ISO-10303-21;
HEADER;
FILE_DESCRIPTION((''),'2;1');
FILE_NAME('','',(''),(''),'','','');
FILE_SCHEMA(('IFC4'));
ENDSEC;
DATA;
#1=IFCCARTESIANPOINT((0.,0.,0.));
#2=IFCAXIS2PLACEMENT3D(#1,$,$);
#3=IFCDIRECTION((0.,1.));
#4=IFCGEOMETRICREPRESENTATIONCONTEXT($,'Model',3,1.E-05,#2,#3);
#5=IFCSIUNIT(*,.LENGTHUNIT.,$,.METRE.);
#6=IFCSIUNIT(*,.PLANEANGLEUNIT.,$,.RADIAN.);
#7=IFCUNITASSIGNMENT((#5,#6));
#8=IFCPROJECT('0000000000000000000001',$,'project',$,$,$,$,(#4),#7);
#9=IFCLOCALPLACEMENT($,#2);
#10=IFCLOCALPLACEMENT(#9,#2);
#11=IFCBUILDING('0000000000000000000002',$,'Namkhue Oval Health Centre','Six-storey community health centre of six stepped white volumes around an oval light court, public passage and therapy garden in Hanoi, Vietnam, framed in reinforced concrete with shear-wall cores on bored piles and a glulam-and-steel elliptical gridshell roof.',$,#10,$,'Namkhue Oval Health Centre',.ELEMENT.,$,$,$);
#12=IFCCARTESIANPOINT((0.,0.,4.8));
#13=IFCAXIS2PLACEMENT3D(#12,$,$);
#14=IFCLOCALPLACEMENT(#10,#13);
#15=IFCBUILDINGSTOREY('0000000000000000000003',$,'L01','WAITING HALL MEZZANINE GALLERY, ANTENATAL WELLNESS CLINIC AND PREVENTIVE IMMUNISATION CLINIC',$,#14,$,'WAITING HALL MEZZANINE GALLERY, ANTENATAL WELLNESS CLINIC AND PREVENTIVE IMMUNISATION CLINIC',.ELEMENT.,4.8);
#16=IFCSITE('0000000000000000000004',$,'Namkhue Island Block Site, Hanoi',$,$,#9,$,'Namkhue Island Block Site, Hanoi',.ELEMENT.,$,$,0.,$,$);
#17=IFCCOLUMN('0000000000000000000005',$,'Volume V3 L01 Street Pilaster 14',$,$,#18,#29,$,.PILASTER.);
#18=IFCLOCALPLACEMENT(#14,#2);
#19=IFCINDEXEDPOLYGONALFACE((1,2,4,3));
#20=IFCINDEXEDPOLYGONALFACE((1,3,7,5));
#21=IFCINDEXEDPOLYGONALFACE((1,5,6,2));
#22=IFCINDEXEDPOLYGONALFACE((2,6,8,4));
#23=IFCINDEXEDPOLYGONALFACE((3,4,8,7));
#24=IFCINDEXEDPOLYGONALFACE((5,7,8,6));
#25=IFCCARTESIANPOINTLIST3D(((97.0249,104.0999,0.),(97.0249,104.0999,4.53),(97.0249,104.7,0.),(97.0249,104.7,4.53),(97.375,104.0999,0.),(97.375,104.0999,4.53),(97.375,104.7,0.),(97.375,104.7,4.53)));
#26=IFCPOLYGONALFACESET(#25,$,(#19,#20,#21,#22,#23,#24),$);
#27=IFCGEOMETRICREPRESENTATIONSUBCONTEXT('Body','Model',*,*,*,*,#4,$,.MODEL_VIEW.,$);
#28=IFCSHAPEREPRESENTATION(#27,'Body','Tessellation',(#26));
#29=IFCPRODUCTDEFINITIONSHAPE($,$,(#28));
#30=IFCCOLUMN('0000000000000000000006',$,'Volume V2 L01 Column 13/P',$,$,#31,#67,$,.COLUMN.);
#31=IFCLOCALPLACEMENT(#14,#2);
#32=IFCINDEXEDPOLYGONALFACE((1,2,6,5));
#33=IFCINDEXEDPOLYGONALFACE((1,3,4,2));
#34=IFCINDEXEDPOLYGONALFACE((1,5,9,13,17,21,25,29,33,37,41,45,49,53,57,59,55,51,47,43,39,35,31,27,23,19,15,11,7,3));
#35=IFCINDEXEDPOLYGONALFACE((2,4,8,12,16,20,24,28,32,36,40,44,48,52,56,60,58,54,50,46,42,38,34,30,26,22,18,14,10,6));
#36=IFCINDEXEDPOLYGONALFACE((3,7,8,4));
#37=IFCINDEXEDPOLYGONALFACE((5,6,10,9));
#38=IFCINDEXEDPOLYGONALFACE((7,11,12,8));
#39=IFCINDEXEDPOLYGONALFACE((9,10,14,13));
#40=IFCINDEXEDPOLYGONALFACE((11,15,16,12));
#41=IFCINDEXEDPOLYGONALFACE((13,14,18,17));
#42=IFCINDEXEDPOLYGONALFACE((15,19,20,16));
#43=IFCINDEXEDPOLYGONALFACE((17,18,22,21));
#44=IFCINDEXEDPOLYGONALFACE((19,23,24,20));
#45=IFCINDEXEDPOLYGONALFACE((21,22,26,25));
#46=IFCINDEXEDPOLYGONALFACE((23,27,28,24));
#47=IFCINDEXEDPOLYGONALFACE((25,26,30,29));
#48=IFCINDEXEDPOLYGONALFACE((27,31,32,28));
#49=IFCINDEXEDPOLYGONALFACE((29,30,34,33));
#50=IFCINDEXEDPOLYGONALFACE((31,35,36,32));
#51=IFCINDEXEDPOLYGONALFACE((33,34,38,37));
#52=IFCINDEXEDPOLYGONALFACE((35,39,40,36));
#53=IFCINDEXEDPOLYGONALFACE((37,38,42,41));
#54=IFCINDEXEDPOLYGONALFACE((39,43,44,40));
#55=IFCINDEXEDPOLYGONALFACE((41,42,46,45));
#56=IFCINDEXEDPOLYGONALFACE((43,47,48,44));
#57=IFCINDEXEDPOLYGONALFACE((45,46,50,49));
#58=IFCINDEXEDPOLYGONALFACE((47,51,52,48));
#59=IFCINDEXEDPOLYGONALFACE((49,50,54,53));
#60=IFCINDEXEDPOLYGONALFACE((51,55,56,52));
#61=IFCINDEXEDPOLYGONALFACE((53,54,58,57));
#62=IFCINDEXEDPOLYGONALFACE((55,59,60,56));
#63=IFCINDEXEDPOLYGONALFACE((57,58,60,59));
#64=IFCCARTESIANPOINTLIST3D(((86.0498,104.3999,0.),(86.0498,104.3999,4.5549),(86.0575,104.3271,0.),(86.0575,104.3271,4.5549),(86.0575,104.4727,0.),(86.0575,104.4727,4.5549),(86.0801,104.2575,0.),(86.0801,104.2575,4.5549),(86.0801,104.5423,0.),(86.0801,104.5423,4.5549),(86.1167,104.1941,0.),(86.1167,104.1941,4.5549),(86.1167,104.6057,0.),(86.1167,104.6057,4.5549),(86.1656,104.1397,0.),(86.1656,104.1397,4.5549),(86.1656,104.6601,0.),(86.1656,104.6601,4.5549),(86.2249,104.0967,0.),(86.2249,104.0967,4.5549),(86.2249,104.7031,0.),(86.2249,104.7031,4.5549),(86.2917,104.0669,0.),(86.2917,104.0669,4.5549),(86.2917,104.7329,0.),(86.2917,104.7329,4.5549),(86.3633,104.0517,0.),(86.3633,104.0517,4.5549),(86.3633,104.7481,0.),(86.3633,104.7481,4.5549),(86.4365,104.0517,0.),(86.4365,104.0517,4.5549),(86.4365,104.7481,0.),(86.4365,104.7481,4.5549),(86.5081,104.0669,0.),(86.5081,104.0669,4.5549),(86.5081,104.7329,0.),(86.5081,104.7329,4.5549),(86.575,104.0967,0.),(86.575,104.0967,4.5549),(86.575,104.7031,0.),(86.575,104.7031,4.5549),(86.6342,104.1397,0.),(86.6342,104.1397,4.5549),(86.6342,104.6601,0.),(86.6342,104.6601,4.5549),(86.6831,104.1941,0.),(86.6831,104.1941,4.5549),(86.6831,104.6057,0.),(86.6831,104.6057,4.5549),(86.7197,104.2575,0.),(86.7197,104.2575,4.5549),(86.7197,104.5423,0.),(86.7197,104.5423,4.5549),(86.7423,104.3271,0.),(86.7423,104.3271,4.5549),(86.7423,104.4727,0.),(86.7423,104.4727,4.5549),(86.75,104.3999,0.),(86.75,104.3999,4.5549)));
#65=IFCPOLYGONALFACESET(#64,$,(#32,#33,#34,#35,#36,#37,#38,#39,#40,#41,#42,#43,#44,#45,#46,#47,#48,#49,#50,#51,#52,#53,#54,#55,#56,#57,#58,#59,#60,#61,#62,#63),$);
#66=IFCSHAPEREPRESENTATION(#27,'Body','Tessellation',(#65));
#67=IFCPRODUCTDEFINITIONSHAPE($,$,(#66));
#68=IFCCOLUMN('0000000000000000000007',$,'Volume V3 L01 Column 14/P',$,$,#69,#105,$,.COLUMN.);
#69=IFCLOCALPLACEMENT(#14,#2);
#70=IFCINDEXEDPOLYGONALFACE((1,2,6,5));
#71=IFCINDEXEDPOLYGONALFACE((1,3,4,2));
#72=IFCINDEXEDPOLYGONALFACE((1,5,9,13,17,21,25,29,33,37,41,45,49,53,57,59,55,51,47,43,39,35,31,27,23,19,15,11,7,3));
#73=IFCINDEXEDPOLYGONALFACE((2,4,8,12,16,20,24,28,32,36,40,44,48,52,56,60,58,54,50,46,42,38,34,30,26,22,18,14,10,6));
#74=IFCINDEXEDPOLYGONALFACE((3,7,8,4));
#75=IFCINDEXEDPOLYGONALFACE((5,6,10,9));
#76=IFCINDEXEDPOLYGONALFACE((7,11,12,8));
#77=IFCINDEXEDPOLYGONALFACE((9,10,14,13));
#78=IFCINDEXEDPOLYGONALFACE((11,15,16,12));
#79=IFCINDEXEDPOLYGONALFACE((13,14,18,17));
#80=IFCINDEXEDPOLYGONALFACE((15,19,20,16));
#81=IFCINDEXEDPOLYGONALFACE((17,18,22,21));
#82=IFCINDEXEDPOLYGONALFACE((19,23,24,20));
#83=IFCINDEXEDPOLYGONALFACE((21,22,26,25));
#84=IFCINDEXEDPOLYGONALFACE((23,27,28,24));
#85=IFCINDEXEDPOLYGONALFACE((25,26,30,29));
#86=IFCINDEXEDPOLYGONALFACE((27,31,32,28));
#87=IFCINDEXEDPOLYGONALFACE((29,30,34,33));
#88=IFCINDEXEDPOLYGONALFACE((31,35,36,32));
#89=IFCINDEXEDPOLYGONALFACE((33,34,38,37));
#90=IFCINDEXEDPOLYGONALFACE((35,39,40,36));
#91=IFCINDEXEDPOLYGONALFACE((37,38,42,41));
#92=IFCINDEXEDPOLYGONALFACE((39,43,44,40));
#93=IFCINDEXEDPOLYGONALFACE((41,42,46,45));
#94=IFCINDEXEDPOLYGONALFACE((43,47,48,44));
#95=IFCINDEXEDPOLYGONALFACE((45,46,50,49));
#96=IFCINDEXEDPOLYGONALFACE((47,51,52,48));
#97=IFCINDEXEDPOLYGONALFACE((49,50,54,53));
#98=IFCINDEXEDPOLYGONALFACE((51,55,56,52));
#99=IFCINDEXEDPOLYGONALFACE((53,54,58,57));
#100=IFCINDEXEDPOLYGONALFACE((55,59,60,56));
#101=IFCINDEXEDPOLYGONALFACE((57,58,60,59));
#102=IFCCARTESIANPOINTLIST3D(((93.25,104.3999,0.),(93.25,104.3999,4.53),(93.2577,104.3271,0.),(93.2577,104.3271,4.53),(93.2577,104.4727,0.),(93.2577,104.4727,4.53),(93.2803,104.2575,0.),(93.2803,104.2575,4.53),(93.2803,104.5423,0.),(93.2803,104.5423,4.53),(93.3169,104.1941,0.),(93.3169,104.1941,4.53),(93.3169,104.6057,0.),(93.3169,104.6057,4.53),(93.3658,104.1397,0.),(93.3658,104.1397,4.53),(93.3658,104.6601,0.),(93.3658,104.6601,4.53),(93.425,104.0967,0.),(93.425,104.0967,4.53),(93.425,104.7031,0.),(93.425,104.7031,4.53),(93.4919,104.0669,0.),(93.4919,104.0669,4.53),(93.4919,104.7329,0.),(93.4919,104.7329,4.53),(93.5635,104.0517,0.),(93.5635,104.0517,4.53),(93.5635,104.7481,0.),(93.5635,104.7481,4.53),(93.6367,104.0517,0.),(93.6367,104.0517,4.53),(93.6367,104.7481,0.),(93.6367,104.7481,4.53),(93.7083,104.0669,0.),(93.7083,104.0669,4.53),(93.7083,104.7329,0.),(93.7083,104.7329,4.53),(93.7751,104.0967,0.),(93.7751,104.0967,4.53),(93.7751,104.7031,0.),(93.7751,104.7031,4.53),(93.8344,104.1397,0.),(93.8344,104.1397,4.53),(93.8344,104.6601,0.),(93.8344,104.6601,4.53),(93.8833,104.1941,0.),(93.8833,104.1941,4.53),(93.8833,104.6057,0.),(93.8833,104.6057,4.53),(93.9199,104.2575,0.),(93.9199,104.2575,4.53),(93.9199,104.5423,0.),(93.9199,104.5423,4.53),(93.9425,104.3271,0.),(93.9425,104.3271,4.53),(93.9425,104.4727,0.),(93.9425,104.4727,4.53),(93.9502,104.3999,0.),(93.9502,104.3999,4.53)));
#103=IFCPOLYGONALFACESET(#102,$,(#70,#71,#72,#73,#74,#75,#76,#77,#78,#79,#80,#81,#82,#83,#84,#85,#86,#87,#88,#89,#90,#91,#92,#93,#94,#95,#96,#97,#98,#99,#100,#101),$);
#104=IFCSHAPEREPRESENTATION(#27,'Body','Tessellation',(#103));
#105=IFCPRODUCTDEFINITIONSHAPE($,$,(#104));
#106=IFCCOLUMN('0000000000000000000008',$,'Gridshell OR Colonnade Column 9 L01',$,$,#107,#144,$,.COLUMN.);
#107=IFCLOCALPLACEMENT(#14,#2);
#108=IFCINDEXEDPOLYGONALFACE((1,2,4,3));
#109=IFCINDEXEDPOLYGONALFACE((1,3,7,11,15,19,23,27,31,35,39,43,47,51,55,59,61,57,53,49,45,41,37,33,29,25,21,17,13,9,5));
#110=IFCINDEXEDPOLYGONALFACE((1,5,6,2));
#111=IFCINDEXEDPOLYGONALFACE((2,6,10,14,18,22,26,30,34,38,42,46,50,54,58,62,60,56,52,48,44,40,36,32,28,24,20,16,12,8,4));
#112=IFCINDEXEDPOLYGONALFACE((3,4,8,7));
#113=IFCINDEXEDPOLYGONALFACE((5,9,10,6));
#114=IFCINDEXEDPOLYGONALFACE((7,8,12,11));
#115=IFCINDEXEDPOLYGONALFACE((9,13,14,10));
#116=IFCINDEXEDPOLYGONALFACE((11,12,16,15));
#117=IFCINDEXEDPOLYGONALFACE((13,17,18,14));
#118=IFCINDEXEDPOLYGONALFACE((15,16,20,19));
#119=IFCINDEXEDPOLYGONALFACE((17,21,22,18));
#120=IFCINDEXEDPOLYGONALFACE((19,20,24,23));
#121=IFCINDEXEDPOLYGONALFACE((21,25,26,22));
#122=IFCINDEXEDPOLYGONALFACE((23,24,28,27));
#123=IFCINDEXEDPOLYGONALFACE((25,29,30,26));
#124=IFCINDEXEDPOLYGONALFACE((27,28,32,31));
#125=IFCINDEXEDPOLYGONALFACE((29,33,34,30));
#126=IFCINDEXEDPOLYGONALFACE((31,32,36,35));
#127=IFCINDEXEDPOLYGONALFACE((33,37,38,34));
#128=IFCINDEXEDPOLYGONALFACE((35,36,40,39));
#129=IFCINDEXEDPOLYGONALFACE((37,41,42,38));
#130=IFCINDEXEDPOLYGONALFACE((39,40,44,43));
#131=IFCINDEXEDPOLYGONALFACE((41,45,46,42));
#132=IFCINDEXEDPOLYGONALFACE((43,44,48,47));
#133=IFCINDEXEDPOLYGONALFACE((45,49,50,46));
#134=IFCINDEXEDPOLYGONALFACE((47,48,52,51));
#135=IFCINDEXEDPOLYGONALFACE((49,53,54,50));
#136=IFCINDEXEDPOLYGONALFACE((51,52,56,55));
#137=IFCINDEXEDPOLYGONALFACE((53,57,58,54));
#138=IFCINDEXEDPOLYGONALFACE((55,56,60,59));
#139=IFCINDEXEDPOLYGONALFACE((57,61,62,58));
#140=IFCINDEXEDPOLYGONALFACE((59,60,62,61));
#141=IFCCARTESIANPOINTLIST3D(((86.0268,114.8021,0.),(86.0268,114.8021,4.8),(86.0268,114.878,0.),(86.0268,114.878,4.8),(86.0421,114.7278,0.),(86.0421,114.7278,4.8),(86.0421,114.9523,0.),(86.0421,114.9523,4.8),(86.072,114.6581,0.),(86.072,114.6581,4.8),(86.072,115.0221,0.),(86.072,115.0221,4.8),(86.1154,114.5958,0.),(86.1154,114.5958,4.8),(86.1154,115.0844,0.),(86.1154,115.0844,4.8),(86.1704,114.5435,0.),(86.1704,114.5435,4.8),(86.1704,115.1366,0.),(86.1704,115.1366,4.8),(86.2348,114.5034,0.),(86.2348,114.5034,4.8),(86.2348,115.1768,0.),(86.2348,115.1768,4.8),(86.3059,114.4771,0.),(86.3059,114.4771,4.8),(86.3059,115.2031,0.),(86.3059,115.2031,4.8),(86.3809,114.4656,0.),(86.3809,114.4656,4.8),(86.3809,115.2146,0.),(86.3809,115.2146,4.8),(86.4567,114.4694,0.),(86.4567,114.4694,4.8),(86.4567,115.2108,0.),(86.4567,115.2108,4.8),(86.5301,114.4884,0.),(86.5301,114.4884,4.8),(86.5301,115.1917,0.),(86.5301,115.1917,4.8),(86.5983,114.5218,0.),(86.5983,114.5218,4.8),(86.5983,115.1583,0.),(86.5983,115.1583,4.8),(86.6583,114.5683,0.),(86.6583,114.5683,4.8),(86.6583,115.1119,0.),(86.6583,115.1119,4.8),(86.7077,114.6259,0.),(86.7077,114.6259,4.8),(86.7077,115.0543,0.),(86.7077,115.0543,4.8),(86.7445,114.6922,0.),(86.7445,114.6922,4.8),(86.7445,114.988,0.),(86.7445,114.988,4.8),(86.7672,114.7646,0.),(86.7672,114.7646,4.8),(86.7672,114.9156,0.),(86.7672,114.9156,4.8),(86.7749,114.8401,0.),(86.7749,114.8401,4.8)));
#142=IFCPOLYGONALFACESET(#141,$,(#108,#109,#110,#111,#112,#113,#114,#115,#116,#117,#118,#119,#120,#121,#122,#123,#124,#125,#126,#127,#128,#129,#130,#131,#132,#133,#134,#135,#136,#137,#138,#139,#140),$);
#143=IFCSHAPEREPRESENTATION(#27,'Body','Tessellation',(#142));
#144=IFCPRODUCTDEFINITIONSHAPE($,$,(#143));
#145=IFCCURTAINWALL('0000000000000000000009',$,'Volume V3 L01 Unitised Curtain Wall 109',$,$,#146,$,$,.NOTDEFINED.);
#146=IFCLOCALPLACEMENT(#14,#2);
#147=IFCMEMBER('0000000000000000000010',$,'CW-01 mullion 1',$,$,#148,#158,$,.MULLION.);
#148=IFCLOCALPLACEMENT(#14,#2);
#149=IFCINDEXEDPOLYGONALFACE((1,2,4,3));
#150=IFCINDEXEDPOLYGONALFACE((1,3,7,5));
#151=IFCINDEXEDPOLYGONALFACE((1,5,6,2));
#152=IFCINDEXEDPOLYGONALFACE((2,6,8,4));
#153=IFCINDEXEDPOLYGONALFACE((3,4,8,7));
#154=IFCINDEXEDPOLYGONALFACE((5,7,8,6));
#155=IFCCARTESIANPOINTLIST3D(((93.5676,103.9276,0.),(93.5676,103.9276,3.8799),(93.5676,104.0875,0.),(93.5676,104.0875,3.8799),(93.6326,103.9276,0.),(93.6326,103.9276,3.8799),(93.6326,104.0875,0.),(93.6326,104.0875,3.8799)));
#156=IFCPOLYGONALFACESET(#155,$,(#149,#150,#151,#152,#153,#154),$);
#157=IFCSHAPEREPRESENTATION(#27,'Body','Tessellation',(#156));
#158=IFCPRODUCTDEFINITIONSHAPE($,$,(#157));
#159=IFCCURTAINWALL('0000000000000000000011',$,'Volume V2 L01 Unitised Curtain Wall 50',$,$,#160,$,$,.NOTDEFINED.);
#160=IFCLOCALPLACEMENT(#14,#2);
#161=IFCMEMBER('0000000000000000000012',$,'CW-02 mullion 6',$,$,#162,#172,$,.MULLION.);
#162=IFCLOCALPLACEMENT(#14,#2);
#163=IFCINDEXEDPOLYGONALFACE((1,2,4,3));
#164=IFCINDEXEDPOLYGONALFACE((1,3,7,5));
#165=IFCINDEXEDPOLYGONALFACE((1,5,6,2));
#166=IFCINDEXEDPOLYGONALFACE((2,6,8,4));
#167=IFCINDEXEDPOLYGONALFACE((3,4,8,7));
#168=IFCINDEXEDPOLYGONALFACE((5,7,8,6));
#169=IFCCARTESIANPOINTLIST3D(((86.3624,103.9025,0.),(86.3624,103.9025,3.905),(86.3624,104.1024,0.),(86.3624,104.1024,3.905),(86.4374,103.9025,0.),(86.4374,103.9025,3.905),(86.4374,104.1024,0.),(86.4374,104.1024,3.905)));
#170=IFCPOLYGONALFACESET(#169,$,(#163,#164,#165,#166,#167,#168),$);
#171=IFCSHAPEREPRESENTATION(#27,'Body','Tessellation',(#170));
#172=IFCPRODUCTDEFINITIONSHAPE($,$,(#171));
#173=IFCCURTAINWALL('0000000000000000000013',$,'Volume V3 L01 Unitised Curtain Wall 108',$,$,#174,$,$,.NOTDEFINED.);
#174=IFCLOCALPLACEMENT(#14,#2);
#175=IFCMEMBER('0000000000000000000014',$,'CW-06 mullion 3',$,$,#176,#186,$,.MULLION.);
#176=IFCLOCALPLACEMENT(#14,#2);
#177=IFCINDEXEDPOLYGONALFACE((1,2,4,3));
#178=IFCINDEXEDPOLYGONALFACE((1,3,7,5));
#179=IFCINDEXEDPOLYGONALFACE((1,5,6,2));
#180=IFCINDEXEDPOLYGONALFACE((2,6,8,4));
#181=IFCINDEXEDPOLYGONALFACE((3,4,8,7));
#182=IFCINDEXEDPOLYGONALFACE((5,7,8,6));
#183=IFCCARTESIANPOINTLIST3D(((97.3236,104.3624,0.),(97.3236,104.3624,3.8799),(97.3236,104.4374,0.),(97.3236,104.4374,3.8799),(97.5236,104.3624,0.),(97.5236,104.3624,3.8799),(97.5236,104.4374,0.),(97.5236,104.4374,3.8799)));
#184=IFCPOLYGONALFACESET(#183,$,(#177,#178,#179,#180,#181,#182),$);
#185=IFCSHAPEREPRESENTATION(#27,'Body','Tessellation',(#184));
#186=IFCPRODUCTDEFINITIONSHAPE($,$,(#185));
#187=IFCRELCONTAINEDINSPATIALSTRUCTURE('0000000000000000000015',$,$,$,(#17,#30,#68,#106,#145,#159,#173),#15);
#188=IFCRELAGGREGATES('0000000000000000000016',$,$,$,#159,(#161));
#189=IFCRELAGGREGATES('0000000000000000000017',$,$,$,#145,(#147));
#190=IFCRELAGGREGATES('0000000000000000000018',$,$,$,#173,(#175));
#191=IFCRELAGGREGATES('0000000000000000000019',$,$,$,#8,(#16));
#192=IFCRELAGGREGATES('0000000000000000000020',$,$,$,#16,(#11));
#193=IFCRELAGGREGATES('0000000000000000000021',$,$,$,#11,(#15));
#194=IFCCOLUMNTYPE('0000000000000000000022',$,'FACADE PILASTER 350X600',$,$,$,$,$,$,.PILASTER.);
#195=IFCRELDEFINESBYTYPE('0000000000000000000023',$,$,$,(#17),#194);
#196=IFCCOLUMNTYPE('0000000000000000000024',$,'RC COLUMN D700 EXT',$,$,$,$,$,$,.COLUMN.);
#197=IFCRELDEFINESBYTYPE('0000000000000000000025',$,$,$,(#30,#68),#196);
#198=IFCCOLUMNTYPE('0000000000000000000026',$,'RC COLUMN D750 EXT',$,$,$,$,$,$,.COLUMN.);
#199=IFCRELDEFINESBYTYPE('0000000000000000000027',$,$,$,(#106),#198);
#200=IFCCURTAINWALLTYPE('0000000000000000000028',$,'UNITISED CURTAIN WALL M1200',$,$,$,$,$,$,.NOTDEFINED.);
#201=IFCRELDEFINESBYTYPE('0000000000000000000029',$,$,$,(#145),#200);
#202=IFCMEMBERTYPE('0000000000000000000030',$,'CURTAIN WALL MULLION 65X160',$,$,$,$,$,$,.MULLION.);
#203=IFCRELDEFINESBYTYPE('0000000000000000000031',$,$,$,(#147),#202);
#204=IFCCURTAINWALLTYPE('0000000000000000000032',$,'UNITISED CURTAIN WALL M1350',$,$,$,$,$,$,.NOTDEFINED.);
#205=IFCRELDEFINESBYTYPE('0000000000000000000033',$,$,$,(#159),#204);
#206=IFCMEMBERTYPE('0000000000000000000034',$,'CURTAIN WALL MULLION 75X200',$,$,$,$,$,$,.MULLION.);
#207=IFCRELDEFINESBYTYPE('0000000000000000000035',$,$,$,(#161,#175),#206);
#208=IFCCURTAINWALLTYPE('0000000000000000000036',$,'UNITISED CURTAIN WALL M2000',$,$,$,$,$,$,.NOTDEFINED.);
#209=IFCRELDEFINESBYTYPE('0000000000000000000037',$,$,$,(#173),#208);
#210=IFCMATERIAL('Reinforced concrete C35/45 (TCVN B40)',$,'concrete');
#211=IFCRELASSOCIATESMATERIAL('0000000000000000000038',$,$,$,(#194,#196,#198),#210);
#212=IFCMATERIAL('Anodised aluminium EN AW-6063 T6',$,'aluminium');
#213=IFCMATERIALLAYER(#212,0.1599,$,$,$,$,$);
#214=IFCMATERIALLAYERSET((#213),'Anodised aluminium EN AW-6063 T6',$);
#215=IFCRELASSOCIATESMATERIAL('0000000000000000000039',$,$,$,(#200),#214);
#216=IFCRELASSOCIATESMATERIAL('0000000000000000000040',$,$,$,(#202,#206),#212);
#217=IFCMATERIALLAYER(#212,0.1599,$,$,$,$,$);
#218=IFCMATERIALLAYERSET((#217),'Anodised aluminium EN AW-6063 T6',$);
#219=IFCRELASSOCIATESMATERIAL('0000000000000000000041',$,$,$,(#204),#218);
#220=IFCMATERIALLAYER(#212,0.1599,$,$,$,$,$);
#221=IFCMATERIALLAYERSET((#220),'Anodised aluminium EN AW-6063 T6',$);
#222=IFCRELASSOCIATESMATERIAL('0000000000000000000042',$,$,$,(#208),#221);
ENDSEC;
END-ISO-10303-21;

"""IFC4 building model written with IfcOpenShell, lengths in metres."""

from ifc_helpers import new_model, si_unit, direction, frame, origin, origin_2d, place, context, subcontext, project, spatial, rectangle, circle, extrude, material, layer, layer_set, material_profile, profile_set, type_object, element, aggregate, save


model = new_model("IFC4")

# Units and contexts
model_context = context("Model", 3, precision=1e-05, world=origin(), true_north=direction((0.0, 1.0)))
body_context = subcontext(model_context, "Body", "Model", "MODEL_VIEW")
ifc_project = project(units=[si_unit("LENGTHUNIT", "METRE"), si_unit("PLANEANGLEUNIT", "RADIAN")], contexts=[model_context])

# Site, building, storey
site_placement = place(None, origin())
site = spatial("IfcSite", under=ifc_project, at=site_placement, Name="Namkhue Island Block Site, Hanoi", LongName="Namkhue Island Block Site, Hanoi", CompositionType="ELEMENT", RefElevation=0.0)
building_placement = place(site_placement, origin())
building = spatial("IfcBuilding", under=site, at=building_placement, Name="Namkhue Oval Health Centre", Description="Six-storey community health centre of six stepped white volumes around an oval light court, public passage and therapy garden in Hanoi, Vietnam, framed in reinforced concrete with shear-wall cores on bored piles and a glulam-and-steel elliptical gridshell roof.", LongName="Namkhue Oval Health Centre", CompositionType="ELEMENT")
storey_placement = place(building_placement, frame((0.0, 0.0, 4.8)))
storey = spatial("IfcBuildingStorey", under=building, at=storey_placement, Name="L01", Description="WAITING HALL MEZZANINE GALLERY, ANTENATAL WELLNESS CLINIC AND PREVENTIVE IMMUNISATION CLINIC", LongName="WAITING HALL MEZZANINE GALLERY, ANTENATAL WELLNESS CLINIC AND PREVENTIVE IMMUNISATION CLINIC", CompositionType="ELEMENT", Elevation=4.8)

# Columns
ifc_material_1 = material(Name="Reinforced concrete C35/45 (TCVN B40)", Category="concrete")
ifc_material_profile_1 = material_profile(ifc_material_1, rectangle(XDim=0.3501, YDim=0.6001, at=origin_2d()), Name="RC 350x600")
ifc_profile_set_1 = profile_set([ifc_material_profile_1], Name="Reinforced concrete C35/45 (TCVN B40)")
column_type_1 = type_object("IfcColumnType", Name="FACADE PILASTER 350X600", PredefinedType="PILASTER", material=ifc_profile_set_1)
column_1_placement = place(storey_placement, frame((97.2, 104.3999, 0.0), z_axis=(0.0, 0.0, 1.0), x_axis=(1.0, 0.0, 0.0)))
element("IfcColumn", 1, at=column_1_placement, inside=storey, type_object=column_type_1, Name="Volume V3 L01 Street Pilaster 14", PredefinedType="PILASTER", context=body_context, shape_type="SweptSolid", body=[
    extrude(rectangle(XDim=0.3501, YDim=0.6001, at=origin_2d()), origin(), (0.0, 0.0, 1.0), 4.53),
])
ifc_material_profile_2 = material_profile(ifc_material_1, circle(Radius=0.3501, at=origin_2d()), Name="RC D700")
ifc_profile_set_2 = profile_set([ifc_material_profile_2], Name="Reinforced concrete C35/45 (TCVN B40)")
column_type_2 = type_object("IfcColumnType", Name="RC COLUMN D700 EXT", PredefinedType="COLUMN", material=ifc_profile_set_2)
column_2_placement = place(storey_placement, frame((86.3999, 104.3999, 0.0), z_axis=(0.0, 0.0, 1.0), x_axis=(1.0, 0.0, 0.0)))
element("IfcColumn", 2, at=column_2_placement, inside=storey, type_object=column_type_2, Name="Volume V2 L01 Column 13/P", PredefinedType="COLUMN", context=body_context, shape_type="SweptSolid", body=[
    extrude(circle(Radius=0.3501, at=origin_2d()), origin(), (0.0, 0.0, 1.0), 4.5549),
])
column_3_placement = place(storey_placement, frame((93.6001, 104.3999, 0.0), z_axis=(0.0, 0.0, 1.0), x_axis=(1.0, 0.0, 0.0)))
element("IfcColumn", 3, at=column_3_placement, inside=storey, type_object=column_type_2, Name="Volume V3 L01 Column 14/P", PredefinedType="COLUMN", context=body_context, shape_type="SweptSolid", body=[
    extrude(circle(Radius=0.3501, at=origin_2d()), origin(), (0.0, 0.0, 1.0), 4.53),
])
ifc_material_profile_3 = material_profile(ifc_material_1, circle(Radius=0.375, at=origin_2d()), Name="RC D750")
ifc_profile_set_3 = profile_set([ifc_material_profile_3], Name="Reinforced concrete C35/45 (TCVN B40)")
column_type_3 = type_object("IfcColumnType", Name="RC COLUMN D750 EXT", PredefinedType="COLUMN", material=ifc_profile_set_3)
column_4_placement = place(storey_placement, frame((86.3999, 114.8401, 0.0), z_axis=(0.0, 0.0, 1.0), x_axis=(1.0, 0.0, 0.0)))
element("IfcColumn", 4, at=column_4_placement, inside=storey, type_object=column_type_3, Name="Gridshell OR Colonnade Column 9 L01", PredefinedType="COLUMN", context=body_context, shape_type="SweptSolid", body=[
    extrude(circle(Radius=0.375, at=origin_2d()), origin(), (0.0, 0.0, 1.0), 4.8),
])

# Curtain walls, members
ifc_material_2 = material(Name="Anodised aluminium EN AW-6063 T6", Category="aluminium")
ifc_layer_1 = layer(ifc_material_2, 0.1599)
ifc_layer_set_1 = layer_set([ifc_layer_1], Name="Anodised aluminium EN AW-6063 T6")
curtain_wall_type_1 = type_object("IfcCurtainWallType", Name="UNITISED CURTAIN WALL M1200", PredefinedType="NOTDEFINED", material=ifc_layer_set_1)
curtain_wall_1_placement = place(storey_placement, origin())
curtain_wall_1 = element("IfcCurtainWall", 5, at=curtain_wall_1_placement, inside=storey, type_object=curtain_wall_type_1, Name="Volume V3 L01 Unitised Curtain Wall 109", PredefinedType="NOTDEFINED")
ifc_material_profile_4 = material_profile(ifc_material_2, rectangle(XDim=0.0649, YDim=0.1599, at=origin_2d()), Name="ALU 65x160")
ifc_profile_set_4 = profile_set([ifc_material_profile_4], Name="Anodised aluminium EN AW-6063 T6")
member_type_1 = type_object("IfcMemberType", Name="CURTAIN WALL MULLION 65X160", PredefinedType="MULLION", material=ifc_profile_set_4)
member_1_placement = place(storey_placement, frame((93.6001, 104.0076, 0.0), z_axis=(0.0, 0.0, 1.0), x_axis=(1.0, 0.0, 0.0)))
member_1 = element("IfcMember", 6, at=member_1_placement, type_object=member_type_1, Name="CW-01 mullion 1", PredefinedType="MULLION", context=body_context, shape_type="SweptSolid", body=[
    extrude(rectangle(XDim=0.0649, YDim=0.1599, at=origin_2d()), origin(), (0.0, 0.0, 1.0), 3.8799),
])
ifc_layer_2 = layer(ifc_material_2, 0.1599)
ifc_layer_set_2 = layer_set([ifc_layer_2], Name="Anodised aluminium EN AW-6063 T6")
curtain_wall_type_2 = type_object("IfcCurtainWallType", Name="UNITISED CURTAIN WALL M1350", PredefinedType="NOTDEFINED", material=ifc_layer_set_2)
curtain_wall_2_placement = place(storey_placement, origin())
curtain_wall_2 = element("IfcCurtainWall", 7, at=curtain_wall_2_placement, inside=storey, type_object=curtain_wall_type_2, Name="Volume V2 L01 Unitised Curtain Wall 50", PredefinedType="NOTDEFINED")
ifc_material_profile_5 = material_profile(ifc_material_2, rectangle(XDim=0.075, YDim=0.2, at=origin_2d()), Name="ALU 75x200")
ifc_profile_set_5 = profile_set([ifc_material_profile_5], Name="Anodised aluminium EN AW-6063 T6")
member_type_2 = type_object("IfcMemberType", Name="CURTAIN WALL MULLION 75X200", PredefinedType="MULLION", material=ifc_profile_set_5)
member_2_placement = place(storey_placement, frame((86.3999, 104.0024, 0.0), z_axis=(0.0, 0.0, 1.0), x_axis=(-1.0, 0.0, 0.0)))
member_2 = element("IfcMember", 8, at=member_2_placement, type_object=member_type_2, Name="CW-02 mullion 6", PredefinedType="MULLION", context=body_context, shape_type="SweptSolid", body=[
    extrude(rectangle(XDim=0.075, YDim=0.2, at=origin_2d()), origin(), (0.0, 0.0, 1.0), 3.905),
])
aggregate(curtain_wall_2, [member_2])
ifc_layer_3 = layer(ifc_material_2, 0.1599)
ifc_layer_set_3 = layer_set([ifc_layer_3], Name="Anodised aluminium EN AW-6063 T6")
curtain_wall_type_3 = type_object("IfcCurtainWallType", Name="UNITISED CURTAIN WALL M2000", PredefinedType="NOTDEFINED", material=ifc_layer_set_3)
curtain_wall_3_placement = place(storey_placement, origin())
curtain_wall_3 = element("IfcCurtainWall", 9, at=curtain_wall_3_placement, inside=storey, type_object=curtain_wall_type_3, Name="Volume V3 L01 Unitised Curtain Wall 108", PredefinedType="NOTDEFINED")
member_3_placement = place(storey_placement, frame((97.4236, 104.3999, 0.0), z_axis=(0.0, 0.0, 1.0), x_axis=(0.0, -1.0, 0.0)))
member_3 = element("IfcMember", 10, at=member_3_placement, type_object=member_type_2, Name="CW-06 mullion 3", PredefinedType="MULLION", context=body_context, shape_type="SweptSolid", body=[
    extrude(rectangle(XDim=0.075, YDim=0.2, at=origin_2d()), origin(), (0.0, 0.0, 1.0), 3.8799),
])

aggregate(curtain_wall_1, [member_1])
aggregate(curtain_wall_3, [member_3])

save(model, "model.ifc")
